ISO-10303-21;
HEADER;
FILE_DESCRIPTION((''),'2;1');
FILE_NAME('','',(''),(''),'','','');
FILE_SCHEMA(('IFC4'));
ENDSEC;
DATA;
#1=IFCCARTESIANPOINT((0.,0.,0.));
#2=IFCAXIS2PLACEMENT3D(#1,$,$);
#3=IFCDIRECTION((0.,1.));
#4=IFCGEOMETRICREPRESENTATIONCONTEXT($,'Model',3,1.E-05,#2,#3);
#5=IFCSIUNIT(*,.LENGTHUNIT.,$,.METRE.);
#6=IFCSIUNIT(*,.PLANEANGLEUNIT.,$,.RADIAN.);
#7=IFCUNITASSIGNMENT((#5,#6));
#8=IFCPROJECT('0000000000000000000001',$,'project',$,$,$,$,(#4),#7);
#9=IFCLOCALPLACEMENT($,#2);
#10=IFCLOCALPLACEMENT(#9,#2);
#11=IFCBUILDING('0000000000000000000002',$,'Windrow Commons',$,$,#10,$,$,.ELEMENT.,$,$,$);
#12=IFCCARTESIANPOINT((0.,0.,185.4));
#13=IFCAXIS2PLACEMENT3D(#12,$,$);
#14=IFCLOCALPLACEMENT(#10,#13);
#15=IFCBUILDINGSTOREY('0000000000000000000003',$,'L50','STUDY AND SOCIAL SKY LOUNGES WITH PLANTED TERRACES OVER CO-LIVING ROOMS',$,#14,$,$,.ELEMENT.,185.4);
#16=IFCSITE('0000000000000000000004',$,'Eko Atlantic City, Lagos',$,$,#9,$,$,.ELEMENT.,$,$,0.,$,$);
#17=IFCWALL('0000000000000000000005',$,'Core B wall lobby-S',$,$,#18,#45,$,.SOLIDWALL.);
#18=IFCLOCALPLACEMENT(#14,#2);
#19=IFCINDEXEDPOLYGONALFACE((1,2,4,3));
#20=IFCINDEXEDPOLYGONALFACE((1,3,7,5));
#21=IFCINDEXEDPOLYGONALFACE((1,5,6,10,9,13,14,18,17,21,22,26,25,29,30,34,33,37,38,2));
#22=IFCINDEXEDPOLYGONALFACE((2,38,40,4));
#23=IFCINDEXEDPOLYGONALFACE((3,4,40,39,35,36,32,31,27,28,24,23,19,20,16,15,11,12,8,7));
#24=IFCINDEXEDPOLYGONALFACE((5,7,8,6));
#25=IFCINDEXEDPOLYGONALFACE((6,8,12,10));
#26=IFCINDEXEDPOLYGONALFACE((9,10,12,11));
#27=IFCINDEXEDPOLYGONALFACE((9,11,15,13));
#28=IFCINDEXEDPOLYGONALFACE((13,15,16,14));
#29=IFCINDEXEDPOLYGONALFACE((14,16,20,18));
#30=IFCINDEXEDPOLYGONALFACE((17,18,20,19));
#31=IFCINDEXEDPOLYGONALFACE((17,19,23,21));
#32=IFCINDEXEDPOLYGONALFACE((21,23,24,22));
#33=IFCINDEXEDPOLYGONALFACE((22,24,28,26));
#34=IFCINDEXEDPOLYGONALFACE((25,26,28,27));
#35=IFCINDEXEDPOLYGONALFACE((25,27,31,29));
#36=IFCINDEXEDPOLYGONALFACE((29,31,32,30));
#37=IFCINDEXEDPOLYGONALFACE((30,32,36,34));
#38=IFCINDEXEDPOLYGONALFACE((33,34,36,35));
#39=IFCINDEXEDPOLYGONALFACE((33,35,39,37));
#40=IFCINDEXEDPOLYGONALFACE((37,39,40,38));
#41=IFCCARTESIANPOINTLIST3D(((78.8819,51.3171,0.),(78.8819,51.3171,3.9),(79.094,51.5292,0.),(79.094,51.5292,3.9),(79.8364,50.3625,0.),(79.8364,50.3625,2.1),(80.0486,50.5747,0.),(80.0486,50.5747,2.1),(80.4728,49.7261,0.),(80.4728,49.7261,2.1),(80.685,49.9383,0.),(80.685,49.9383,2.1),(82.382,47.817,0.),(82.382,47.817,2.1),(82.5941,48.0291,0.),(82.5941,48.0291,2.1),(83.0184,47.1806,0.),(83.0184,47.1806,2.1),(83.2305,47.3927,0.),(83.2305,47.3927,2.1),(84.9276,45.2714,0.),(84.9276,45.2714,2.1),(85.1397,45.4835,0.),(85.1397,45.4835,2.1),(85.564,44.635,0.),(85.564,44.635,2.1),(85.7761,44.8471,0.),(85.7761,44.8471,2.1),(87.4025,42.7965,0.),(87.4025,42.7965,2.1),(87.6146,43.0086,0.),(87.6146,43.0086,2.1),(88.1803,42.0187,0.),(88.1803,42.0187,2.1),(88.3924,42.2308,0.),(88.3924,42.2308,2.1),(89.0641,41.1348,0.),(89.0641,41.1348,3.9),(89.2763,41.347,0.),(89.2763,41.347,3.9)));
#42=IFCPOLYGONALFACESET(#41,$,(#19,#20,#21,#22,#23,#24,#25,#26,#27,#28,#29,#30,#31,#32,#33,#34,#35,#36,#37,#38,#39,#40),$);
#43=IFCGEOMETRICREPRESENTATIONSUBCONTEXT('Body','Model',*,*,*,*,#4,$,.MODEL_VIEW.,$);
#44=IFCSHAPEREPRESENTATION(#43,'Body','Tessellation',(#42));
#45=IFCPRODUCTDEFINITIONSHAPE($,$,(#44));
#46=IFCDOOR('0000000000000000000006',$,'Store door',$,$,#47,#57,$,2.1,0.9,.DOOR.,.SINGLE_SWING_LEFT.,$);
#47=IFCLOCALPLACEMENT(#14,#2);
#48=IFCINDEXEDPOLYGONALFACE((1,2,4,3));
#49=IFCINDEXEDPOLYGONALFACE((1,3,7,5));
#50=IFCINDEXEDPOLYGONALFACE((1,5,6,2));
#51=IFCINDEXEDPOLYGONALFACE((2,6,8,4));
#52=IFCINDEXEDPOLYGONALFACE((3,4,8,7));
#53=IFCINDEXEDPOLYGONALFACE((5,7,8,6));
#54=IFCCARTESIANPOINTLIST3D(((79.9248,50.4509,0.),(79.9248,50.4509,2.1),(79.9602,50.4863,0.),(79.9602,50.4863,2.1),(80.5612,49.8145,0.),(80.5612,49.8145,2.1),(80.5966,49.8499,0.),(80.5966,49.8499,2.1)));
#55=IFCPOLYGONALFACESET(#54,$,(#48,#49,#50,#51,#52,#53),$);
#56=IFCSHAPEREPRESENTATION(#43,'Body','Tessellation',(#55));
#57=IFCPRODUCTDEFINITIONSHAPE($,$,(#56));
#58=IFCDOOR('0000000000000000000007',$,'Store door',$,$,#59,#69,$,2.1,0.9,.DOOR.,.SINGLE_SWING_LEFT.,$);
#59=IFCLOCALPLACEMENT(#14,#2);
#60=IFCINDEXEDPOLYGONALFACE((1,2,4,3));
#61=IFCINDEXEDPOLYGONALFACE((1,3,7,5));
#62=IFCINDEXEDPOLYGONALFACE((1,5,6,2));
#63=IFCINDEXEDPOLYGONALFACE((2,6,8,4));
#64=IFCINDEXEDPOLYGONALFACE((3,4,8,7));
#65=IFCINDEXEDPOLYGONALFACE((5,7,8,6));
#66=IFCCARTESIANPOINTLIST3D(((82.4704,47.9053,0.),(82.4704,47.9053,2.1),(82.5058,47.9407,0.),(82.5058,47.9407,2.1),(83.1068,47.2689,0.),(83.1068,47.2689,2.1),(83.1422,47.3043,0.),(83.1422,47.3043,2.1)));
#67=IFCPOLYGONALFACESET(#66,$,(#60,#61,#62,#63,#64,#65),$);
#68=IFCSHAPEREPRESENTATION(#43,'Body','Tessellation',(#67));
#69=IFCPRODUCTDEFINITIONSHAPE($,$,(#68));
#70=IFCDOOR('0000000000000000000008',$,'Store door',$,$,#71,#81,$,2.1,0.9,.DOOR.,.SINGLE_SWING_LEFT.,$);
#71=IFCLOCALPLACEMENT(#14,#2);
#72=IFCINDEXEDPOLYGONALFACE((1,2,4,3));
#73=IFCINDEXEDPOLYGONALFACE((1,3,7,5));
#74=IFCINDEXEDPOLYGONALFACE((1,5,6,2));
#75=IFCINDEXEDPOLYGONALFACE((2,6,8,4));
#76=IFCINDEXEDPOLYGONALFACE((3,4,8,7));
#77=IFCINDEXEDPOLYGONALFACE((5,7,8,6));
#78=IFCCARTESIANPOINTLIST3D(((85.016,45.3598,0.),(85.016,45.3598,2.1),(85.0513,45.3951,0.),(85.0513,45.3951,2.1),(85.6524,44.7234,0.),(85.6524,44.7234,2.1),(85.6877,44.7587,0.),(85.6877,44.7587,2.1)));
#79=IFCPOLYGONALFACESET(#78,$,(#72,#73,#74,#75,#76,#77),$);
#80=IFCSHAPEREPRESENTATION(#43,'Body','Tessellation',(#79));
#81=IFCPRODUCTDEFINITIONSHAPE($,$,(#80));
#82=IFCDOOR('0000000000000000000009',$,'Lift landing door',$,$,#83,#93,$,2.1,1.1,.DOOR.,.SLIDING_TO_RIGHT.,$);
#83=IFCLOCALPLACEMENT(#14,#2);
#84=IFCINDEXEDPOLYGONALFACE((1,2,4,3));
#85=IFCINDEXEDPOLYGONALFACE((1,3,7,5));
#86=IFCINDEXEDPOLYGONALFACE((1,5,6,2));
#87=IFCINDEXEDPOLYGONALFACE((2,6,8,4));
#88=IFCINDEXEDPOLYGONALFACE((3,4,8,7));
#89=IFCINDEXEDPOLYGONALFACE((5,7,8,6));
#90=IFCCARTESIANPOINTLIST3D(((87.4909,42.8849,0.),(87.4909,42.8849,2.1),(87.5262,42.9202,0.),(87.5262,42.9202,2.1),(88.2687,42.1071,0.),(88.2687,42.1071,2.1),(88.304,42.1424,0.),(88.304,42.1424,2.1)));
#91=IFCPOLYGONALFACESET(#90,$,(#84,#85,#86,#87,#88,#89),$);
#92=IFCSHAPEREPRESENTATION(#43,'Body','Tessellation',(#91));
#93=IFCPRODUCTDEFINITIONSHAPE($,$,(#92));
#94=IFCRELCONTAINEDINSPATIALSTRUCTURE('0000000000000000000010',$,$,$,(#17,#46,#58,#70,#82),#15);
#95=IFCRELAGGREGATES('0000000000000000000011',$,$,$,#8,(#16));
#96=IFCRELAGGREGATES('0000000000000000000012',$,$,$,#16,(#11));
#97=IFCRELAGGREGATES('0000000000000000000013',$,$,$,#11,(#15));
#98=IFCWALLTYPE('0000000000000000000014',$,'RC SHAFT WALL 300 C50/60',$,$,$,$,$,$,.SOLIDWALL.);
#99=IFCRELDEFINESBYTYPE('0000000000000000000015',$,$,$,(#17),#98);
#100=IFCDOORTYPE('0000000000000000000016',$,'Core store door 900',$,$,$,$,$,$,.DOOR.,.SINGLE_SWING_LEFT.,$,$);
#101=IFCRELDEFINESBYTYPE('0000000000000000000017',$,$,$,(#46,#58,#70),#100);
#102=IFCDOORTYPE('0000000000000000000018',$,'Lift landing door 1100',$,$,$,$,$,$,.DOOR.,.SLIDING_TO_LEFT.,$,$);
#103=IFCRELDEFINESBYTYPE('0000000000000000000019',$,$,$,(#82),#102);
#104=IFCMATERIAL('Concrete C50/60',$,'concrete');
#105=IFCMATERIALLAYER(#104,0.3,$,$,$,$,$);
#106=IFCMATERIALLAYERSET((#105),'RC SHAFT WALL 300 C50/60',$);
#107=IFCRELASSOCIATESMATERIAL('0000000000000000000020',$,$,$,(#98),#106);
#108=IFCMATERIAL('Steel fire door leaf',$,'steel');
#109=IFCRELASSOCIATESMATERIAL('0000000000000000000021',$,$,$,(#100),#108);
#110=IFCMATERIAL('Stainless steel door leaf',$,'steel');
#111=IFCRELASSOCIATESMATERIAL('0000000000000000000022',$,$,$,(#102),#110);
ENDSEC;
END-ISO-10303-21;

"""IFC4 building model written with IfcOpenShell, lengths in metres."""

from ifc_helpers import new_model, si_unit, direction, frame, frame_2d, origin, place, context, subcontext, project, spatial, rectangle, extrude, material, layer, layer_set, type_object, element, fill, save


model = new_model("IFC4")

# Units and contexts
model_context = context("Model", 3, precision=1e-05, world=origin(), true_north=direction((0.0, 1.0)))
body_context = subcontext(model_context, "Body", "Model", "MODEL_VIEW")
ifc_project = project(units=[si_unit("LENGTHUNIT", "METRE"), si_unit("PLANEANGLEUNIT", "RADIAN")], contexts=[model_context])

# Site, building, storey
site_placement = place(None, origin())
site = spatial("IfcSite", under=ifc_project, at=site_placement, Name="Eko Atlantic City, Lagos", CompositionType="ELEMENT", RefElevation=0.0)
building_placement = place(site_placement, origin())
building = spatial("IfcBuilding", under=site, at=building_placement, Name="Windrow Commons", CompositionType="ELEMENT")
storey_placement = place(building_placement, frame((0.0, 0.0, 185.4)))
storey = spatial("IfcBuildingStorey", under=building, at=storey_placement, Name="L50", Description="STUDY AND SOCIAL SKY LOUNGES WITH PLANTED TERRACES OVER CO-LIVING ROOMS", CompositionType="ELEMENT", Elevation=185.4)

# Shared definitions
ifc_material_1 = material(Name="Concrete C50/60", Category="concrete")
ifc_layer_1 = layer(ifc_material_1, 0.3)
ifc_layer_set_1 = layer_set([ifc_layer_1], Name="RC SHAFT WALL 300 C50/60")
wall_type_1 = type_object("IfcWallType", Name="RC SHAFT WALL 300 C50/60", PredefinedType="SOLIDWALL", material=ifc_layer_set_1)

# Wall, openings, doors
wall_1_placement = place(storey_placement, frame((78.9879, 51.4232, 0.0), z_axis=(0.0, 0.0, 1.0), x_axis=(0.707107, -0.707107, 0.0)))
wall_1 = element("IfcWall", 1, at=wall_1_placement, inside=storey, type_object=wall_type_1, Name="Core B wall lobby-S", PredefinedType="SOLIDWALL", context=body_context, shape_type="SweptSolid", body=[
    extrude(rectangle(XDim=14.3999, YDim=0.3, at=frame_2d((7.2, 0.0))), origin(), (0.0, 0.0, 1.0), 3.9),
])
opening_1_placement = place(wall_1_placement, frame((1.35, 0.0, 0.0)))
opening_1 = element("IfcOpeningElement", 2, at=opening_1_placement, cuts=wall_1, PredefinedType="OPENING", context=body_context, shape_type="SweptSolid", body=[
    extrude(rectangle(XDim=0.9, YDim=2.1, at=frame_2d((0.45, 1.05))), frame((0.0, 0.16, 0.0), z_axis=(0.0, -1.0, 0.0), x_axis=(1.0, 0.0, 0.0)), (0.0, 0.0, 1.0), 0.32),
])
opening_2_placement = place(wall_1_placement, frame((4.95, 0.0, 0.0)))
opening_2 = element("IfcOpeningElement", 3, at=opening_2_placement, cuts=wall_1, PredefinedType="OPENING", context=body_context, shape_type="SweptSolid", body=[
    extrude(rectangle(XDim=0.9, YDim=2.1, at=frame_2d((0.45, 1.05))), frame((0.0, 0.16, 0.0), z_axis=(0.0, -1.0, 0.0), x_axis=(1.0, 0.0, 0.0)), (0.0, 0.0, 1.0), 0.32),
])
opening_3_placement = place(wall_1_placement, frame((8.55, 0.0, 0.0)))
opening_3 = element("IfcOpeningElement", 4, at=opening_3_placement, cuts=wall_1, PredefinedType="OPENING", context=body_context, shape_type="SweptSolid", body=[
    extrude(rectangle(XDim=0.9, YDim=2.1, at=frame_2d((0.45, 1.05))), frame((0.0, 0.16, 0.0), z_axis=(0.0, -1.0, 0.0), x_axis=(1.0, 0.0, 0.0)), (0.0, 0.0, 1.0), 0.32),
])
opening_4_placement = place(wall_1_placement, frame((12.05, 0.0, 0.0)))
opening_4 = element("IfcOpeningElement", 5, at=opening_4_placement, cuts=wall_1, PredefinedType="OPENING", context=body_context, shape_type="SweptSolid", body=[
    extrude(rectangle(XDim=1.1, YDim=2.1, at=frame_2d((0.55, 1.05))), frame((0.0, 0.16, 0.0), z_axis=(0.0, -1.0, 0.0), x_axis=(1.0, 0.0, 0.0)), (0.0, 0.0, 1.0), 0.32),
])
ifc_material_2 = material(Name="Steel fire door leaf", Category="steel")
door_type_1 = type_object("IfcDoorType", Name="Core store door 900", OperationType="SINGLE_SWING_LEFT", PredefinedType="DOOR", material=ifc_material_2)
door_1_placement = place(opening_1_placement, origin())
door_1 = element("IfcDoor", 6, at=door_1_placement, inside=storey, type_object=door_type_1, Name="Store door", OperationType="SINGLE_SWING_LEFT", OverallHeight=2.1, OverallWidth=0.9, PredefinedType="DOOR", context=body_context, shape_type="SweptSolid", body=[
    extrude(rectangle(XDim=0.9, YDim=2.1, at=frame_2d((0.45, 1.05))), frame((0.0, 0.025, 0.0), z_axis=(0.0, -1.0, 0.0), x_axis=(1.0, 0.0, 0.0)), (0.0, 0.0, 1.0), 0.05),
])
fill(opening_1, door_1)
door_2_placement = place(opening_2_placement, origin())
door_2 = element("IfcDoor", 7, at=door_2_placement, inside=storey, type_object=door_type_1, Name="Store door", OperationType="SINGLE_SWING_LEFT", OverallHeight=2.1, OverallWidth=0.9, PredefinedType="DOOR", context=body_context, shape_type="SweptSolid", body=[
    extrude(rectangle(XDim=0.9, YDim=2.1, at=frame_2d((0.45, 1.05))), frame((0.0, 0.025, 0.0), z_axis=(0.0, -1.0, 0.0), x_axis=(1.0, 0.0, 0.0)), (0.0, 0.0, 1.0), 0.05),
])
fill(opening_2, door_2)
door_3_placement = place(opening_3_placement, origin())
door_3 = element("IfcDoor", 8, at=door_3_placement, inside=storey, type_object=door_type_1, Name="Store door", OperationType="SINGLE_SWING_LEFT", OverallHeight=2.1, OverallWidth=0.9, PredefinedType="DOOR", context=body_context, shape_type="SweptSolid", body=[
    extrude(rectangle(XDim=0.9, YDim=2.1, at=frame_2d((0.45, 1.05))), frame((0.0, 0.025, 0.0), z_axis=(0.0, -1.0, 0.0), x_axis=(1.0, 0.0, 0.0)), (0.0, 0.0, 1.0), 0.05),
])
fill(opening_3, door_3)
ifc_material_3 = material(Name="Stainless steel door leaf", Category="steel")
door_type_2 = type_object("IfcDoorType", Name="Lift landing door 1100", OperationType="SLIDING_TO_LEFT", PredefinedType="DOOR", material=ifc_material_3)
door_4_placement = place(opening_4_placement, origin())
door_4 = element("IfcDoor", 9, at=door_4_placement, inside=storey, type_object=door_type_2, Name="Lift landing door", OperationType="SLIDING_TO_RIGHT", OverallHeight=2.1, OverallWidth=1.1, PredefinedType="DOOR", context=body_context, shape_type="SweptSolid", body=[
    extrude(rectangle(XDim=1.1, YDim=2.1, at=frame_2d((0.55, 1.05))), frame((0.0, 0.025, 0.0), z_axis=(0.0, -1.0, 0.0), x_axis=(1.0, 0.0, 0.0)), (0.0, 0.0, 1.0), 0.05),
])
fill(opening_4, door_4)

save(model, "model.ifc")
